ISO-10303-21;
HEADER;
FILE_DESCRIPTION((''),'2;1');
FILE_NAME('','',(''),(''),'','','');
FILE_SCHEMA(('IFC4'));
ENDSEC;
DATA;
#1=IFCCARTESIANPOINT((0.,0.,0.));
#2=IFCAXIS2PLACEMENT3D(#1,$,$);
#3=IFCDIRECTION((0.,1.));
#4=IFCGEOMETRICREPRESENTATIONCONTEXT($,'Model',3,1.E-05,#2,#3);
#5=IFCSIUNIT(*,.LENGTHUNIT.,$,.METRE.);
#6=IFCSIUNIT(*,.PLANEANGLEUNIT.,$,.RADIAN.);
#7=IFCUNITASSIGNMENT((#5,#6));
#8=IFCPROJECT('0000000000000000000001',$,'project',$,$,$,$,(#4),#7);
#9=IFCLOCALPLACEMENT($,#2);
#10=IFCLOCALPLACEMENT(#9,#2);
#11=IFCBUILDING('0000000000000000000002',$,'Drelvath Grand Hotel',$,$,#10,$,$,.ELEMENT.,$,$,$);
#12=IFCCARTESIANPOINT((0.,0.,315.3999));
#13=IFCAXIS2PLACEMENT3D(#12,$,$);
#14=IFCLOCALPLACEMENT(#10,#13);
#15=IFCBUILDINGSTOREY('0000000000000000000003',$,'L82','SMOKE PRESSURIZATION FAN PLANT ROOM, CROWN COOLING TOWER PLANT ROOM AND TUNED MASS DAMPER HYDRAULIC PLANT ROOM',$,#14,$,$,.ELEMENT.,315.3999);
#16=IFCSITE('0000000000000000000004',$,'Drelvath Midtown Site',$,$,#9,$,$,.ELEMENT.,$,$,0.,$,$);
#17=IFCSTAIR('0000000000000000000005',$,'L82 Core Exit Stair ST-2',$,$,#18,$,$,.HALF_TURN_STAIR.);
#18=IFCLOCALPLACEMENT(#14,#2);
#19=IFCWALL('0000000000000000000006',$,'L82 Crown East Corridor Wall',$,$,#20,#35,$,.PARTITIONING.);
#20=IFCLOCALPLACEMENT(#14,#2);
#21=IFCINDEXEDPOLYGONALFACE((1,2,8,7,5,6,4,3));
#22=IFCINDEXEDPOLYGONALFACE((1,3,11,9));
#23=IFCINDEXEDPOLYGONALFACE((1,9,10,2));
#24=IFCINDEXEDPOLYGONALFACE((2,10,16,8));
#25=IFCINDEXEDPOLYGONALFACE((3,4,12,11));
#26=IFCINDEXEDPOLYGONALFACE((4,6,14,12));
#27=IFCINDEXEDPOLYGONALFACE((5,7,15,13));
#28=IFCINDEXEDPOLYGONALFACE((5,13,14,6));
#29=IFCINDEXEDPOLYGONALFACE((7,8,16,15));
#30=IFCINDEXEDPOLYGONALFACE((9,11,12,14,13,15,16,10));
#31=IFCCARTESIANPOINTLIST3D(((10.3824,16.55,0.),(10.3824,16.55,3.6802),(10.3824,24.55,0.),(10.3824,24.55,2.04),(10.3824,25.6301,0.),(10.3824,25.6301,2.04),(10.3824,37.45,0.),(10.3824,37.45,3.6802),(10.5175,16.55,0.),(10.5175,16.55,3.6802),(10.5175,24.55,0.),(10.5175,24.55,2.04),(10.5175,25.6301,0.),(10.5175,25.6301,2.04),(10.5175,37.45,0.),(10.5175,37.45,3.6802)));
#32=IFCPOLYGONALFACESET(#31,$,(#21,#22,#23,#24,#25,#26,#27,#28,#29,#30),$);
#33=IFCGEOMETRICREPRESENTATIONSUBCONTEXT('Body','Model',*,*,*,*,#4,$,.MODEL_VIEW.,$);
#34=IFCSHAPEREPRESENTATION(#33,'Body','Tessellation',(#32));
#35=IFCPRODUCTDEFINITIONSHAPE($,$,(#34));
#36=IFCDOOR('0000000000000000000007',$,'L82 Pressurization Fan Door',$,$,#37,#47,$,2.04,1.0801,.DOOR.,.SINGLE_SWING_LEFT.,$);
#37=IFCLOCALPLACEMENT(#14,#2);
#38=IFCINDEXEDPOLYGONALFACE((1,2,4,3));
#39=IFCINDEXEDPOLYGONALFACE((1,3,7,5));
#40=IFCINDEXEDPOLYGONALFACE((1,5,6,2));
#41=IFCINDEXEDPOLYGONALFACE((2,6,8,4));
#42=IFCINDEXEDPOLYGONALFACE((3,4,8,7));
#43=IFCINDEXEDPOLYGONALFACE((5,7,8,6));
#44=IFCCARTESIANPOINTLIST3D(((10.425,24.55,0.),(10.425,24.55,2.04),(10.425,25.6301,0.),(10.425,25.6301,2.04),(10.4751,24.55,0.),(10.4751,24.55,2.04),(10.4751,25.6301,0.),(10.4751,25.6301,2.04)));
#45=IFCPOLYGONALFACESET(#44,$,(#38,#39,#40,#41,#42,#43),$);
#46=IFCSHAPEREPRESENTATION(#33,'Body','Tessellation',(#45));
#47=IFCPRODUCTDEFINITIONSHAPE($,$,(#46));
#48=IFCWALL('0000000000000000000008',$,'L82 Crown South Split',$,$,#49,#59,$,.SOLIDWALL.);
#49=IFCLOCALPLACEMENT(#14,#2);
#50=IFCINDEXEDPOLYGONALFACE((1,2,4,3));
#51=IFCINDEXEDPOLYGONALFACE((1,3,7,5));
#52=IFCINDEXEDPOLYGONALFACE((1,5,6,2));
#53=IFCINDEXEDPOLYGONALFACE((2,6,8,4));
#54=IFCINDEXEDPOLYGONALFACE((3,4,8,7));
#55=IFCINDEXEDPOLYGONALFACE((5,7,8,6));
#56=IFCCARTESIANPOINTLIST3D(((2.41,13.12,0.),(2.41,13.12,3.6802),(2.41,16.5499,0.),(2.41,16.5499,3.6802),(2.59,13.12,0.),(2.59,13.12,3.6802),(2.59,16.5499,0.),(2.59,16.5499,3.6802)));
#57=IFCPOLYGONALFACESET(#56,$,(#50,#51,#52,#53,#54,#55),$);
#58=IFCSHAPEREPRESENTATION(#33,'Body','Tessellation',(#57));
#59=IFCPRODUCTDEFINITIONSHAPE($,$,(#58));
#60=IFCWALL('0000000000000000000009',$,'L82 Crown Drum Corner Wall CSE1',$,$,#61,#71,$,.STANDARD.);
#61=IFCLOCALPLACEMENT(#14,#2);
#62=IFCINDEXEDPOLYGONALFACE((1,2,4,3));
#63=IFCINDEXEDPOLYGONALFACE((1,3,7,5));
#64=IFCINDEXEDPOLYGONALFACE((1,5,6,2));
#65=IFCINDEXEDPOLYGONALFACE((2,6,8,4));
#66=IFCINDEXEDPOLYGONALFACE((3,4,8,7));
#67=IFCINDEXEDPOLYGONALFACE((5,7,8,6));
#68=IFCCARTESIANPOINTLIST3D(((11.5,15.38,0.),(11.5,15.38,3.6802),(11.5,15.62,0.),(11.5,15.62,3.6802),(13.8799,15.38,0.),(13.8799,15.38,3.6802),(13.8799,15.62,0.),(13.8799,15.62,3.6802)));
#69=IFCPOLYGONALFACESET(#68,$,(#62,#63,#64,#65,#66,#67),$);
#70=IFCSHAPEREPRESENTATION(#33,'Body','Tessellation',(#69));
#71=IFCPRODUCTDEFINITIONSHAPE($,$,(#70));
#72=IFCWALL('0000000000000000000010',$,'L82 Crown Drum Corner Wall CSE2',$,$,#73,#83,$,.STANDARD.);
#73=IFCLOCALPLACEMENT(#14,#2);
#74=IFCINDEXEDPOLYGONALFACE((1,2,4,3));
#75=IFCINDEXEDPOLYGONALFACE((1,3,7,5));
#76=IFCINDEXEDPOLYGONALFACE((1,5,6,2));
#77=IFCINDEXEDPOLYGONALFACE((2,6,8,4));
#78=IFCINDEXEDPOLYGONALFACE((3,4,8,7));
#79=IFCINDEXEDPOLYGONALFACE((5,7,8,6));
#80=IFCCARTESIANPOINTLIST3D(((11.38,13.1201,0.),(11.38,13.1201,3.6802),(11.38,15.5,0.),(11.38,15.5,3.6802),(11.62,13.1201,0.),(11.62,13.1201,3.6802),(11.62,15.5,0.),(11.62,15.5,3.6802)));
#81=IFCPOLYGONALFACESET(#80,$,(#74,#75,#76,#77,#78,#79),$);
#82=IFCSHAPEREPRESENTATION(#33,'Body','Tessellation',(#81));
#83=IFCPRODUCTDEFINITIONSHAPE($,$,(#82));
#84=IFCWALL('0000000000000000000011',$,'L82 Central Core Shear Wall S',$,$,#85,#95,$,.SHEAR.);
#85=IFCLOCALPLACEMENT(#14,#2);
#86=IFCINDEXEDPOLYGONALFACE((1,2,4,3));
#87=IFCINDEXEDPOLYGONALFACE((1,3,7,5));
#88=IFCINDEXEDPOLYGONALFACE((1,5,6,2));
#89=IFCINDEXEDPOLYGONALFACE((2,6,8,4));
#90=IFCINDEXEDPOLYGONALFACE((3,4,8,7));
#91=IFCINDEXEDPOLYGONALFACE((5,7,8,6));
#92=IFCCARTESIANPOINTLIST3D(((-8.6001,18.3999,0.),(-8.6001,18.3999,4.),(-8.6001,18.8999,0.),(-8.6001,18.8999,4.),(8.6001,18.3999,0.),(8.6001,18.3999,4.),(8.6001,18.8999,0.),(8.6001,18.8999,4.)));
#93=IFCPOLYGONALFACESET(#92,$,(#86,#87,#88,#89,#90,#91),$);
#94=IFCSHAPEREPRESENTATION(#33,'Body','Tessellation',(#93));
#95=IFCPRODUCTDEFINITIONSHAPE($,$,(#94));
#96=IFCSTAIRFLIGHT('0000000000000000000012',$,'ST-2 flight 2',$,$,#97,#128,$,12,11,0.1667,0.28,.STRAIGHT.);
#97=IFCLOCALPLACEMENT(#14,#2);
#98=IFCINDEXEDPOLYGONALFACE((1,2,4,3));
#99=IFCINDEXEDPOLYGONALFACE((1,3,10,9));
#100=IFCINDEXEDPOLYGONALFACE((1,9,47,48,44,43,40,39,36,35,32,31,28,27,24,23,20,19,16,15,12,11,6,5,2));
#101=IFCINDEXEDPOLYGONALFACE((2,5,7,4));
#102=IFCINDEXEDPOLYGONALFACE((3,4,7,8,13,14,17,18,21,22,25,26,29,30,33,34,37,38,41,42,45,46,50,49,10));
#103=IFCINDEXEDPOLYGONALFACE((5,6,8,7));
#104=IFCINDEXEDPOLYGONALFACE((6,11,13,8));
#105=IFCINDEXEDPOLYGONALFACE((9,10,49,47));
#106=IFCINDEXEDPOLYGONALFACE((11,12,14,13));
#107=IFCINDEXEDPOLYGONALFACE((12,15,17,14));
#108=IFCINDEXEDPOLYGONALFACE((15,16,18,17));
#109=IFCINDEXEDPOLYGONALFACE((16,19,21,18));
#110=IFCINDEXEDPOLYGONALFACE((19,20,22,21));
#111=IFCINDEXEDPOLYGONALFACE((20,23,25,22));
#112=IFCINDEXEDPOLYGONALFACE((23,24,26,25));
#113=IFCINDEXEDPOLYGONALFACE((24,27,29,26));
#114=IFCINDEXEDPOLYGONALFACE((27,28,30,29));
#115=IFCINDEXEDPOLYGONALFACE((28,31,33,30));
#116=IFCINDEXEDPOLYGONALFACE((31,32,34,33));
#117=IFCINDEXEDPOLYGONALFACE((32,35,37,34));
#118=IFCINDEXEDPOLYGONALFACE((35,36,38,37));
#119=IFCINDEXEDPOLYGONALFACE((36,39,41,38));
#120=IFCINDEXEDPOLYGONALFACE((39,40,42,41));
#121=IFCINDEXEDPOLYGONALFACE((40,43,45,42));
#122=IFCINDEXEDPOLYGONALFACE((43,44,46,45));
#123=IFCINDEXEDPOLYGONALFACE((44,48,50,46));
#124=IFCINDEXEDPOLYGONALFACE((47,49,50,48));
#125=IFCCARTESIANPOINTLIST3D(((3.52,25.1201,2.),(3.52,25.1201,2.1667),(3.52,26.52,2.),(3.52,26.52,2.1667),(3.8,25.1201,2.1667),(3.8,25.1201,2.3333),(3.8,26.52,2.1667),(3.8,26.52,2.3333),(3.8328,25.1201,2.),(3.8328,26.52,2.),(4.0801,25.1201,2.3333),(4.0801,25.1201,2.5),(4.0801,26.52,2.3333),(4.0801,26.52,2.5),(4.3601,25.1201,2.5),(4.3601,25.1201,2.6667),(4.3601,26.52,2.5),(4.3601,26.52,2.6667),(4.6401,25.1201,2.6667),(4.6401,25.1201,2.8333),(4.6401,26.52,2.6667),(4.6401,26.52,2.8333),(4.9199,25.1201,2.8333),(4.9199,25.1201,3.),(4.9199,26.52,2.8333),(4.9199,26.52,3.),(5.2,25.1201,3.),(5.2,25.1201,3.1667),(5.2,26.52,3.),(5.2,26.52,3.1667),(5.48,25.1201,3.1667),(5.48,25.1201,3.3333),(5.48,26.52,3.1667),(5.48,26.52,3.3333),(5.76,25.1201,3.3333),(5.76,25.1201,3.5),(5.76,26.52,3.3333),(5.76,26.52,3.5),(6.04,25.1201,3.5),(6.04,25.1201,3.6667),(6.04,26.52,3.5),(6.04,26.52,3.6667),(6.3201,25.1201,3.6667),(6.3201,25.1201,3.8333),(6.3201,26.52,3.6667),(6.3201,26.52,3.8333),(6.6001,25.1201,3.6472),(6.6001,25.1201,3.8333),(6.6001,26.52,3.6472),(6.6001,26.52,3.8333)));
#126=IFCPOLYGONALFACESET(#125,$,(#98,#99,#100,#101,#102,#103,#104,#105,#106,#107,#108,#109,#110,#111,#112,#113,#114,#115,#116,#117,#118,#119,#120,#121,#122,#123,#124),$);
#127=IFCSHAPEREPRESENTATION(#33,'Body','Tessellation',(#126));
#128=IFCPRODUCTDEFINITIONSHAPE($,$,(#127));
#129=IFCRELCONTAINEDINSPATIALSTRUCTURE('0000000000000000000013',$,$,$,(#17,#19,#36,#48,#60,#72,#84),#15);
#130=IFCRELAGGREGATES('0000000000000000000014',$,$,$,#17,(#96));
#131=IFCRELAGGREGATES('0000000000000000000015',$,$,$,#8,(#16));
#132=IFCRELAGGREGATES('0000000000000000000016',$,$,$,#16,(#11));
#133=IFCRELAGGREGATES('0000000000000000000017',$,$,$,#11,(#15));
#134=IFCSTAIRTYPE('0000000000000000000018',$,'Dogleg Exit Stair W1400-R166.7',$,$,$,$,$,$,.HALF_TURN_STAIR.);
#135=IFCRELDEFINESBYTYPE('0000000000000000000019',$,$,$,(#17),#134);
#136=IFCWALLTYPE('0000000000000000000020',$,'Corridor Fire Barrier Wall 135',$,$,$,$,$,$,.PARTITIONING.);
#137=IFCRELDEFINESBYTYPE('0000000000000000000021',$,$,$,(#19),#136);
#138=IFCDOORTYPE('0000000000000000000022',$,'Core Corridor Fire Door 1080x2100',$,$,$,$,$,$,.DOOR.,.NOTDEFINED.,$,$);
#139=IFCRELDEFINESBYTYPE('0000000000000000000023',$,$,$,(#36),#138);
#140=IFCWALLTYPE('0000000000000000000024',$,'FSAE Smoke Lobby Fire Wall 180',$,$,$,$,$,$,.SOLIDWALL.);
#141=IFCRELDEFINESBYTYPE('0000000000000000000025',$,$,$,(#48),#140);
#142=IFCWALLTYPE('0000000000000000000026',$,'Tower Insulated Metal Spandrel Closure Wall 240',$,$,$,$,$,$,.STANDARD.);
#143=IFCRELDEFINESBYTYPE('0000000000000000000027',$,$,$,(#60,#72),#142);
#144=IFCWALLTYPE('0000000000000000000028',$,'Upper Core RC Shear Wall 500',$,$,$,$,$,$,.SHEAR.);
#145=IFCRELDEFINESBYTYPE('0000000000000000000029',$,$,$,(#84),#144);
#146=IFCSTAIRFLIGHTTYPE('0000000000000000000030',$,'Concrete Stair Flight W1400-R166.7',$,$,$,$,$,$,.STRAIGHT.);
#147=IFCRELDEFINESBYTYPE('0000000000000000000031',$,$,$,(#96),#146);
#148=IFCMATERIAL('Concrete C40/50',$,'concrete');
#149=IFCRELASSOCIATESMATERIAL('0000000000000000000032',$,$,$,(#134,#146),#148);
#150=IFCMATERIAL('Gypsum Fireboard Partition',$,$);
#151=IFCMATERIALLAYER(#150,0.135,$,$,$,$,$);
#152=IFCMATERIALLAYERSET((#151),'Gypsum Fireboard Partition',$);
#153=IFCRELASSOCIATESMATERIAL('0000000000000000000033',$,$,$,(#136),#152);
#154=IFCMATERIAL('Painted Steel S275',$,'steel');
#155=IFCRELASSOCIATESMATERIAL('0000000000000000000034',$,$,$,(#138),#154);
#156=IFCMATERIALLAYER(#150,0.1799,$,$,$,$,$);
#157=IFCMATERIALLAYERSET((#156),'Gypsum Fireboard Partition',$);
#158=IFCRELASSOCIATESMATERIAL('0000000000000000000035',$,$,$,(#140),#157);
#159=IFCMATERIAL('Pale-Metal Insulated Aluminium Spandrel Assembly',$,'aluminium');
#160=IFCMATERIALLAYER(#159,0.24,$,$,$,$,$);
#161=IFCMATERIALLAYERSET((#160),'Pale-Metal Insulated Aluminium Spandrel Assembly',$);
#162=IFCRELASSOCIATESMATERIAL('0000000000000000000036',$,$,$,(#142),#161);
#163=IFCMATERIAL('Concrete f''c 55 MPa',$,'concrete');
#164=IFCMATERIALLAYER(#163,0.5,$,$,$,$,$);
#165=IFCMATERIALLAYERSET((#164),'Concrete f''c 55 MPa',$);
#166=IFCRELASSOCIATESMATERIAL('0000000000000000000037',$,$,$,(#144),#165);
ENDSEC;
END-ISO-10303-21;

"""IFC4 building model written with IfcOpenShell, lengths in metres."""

from ifc_helpers import new_model, si_unit, direction, frame, frame_2d, origin, place, context, subcontext, project, spatial, polyline, rectangle, outline, extrude, material, layer, layer_set, type_object, element, fill, aggregate, save


model = new_model("IFC4")

# Units and contexts
model_context = context("Model", 3, precision=1e-05, world=origin(), true_north=direction((0.0, 1.0)))
body_context = subcontext(model_context, "Body", "Model", "MODEL_VIEW")
ifc_project = project(units=[si_unit("LENGTHUNIT", "METRE"), si_unit("PLANEANGLEUNIT", "RADIAN")], contexts=[model_context])

# Site, building, storey
site_placement = place(None, origin())
site = spatial("IfcSite", under=ifc_project, at=site_placement, Name="Drelvath Midtown Site", CompositionType="ELEMENT", RefElevation=0.0)
building_placement = place(site_placement, origin())
building = spatial("IfcBuilding", under=site, at=building_placement, Name="Drelvath Grand Hotel", CompositionType="ELEMENT")
storey_placement = place(building_placement, frame((0.0, 0.0, 315.3999)))
storey = spatial("IfcBuildingStorey", under=building, at=storey_placement, Name="L82", Description="SMOKE PRESSURIZATION FAN PLANT ROOM, CROWN COOLING TOWER PLANT ROOM AND TUNED MASS DAMPER HYDRAULIC PLANT ROOM", CompositionType="ELEMENT", Elevation=315.3999)

# Shared definitions
ifc_material_1 = material(Name="Concrete f'c 55 MPa", Category="concrete")

# Stair
ifc_material_2 = material(Name="Concrete C40/50", Category="concrete")
stair_type = type_object("IfcStairType", Name="Dogleg Exit Stair W1400-R166.7", PredefinedType="HALF_TURN_STAIR", material=ifc_material_2)
stair_1_placement = place(storey_placement, origin())
stair_1 = element("IfcStair", 1, at=stair_1_placement, inside=storey, type_object=stair_type, Name="L82 Core Exit Stair ST-2", PredefinedType="HALF_TURN_STAIR")

# Wall, opening, door
ifc_material_3 = material(Name="Gypsum Fireboard Partition")
ifc_layer_1 = layer(ifc_material_3, 0.135)
ifc_layer_set_1 = layer_set([ifc_layer_1], Name="Gypsum Fireboard Partition")
wall_type_1 = type_object("IfcWallType", Name="Corridor Fire Barrier Wall 135", PredefinedType="PARTITIONING", material=ifc_layer_set_1)
wall_1_placement = place(storey_placement, frame((10.45, 16.55, 0.0), z_axis=(0.0, 0.0, 1.0), x_axis=(0.0, 1.0, 0.0)))
wall_1 = element("IfcWall", 2, at=wall_1_placement, inside=storey, type_object=wall_type_1, Name="L82 Crown East Corridor Wall", PredefinedType="PARTITIONING", context=body_context, shape_type="SweptSolid", body=[
    extrude(rectangle(XDim=20.8999, YDim=0.135, at=frame_2d((10.45, 0.0))), origin(), (0.0, 0.0, 1.0), 3.6802),
])
opening_placement = place(wall_1_placement, frame((8.0, 0.0, 0.0)))
opening = element("IfcOpeningElement", 3, at=opening_placement, cuts=wall_1, PredefinedType="OPENING", context=body_context, shape_type="SweptSolid", body=[
    extrude(rectangle(XDim=1.0801, YDim=2.04, at=frame_2d((0.54, 1.02))), frame((0.0, 0.0774, 0.0), z_axis=(0.0, -1.0, 0.0), x_axis=(1.0, 0.0, 0.0)), (0.0, 0.0, 1.0), 0.155),
])
ifc_material_4 = material(Name="Painted Steel S275", Category="steel")
door_type = type_object("IfcDoorType", Name="Core Corridor Fire Door 1080x2100", OperationType="NOTDEFINED", PredefinedType="DOOR", material=ifc_material_4)
door_placement = place(opening_placement, origin())
door = element("IfcDoor", 4, at=door_placement, inside=storey, type_object=door_type, Name="L82 Pressurization Fan Door", OperationType="SINGLE_SWING_LEFT", OverallHeight=2.04, OverallWidth=1.0801, PredefinedType="DOOR", context=body_context, shape_type="SweptSolid", body=[
    extrude(rectangle(XDim=1.0801, YDim=2.04, at=frame_2d((0.54, 1.02))), frame((0.0, 0.0249, 0.0), z_axis=(0.0, -1.0, 0.0), x_axis=(1.0, 0.0, 0.0)), (0.0, 0.0, 1.0), 0.05),
])
fill(opening, door)

# Walls
ifc_layer_2 = layer(ifc_material_3, 0.1799)
ifc_layer_set_2 = layer_set([ifc_layer_2], Name="Gypsum Fireboard Partition")
wall_type_2 = type_object("IfcWallType", Name="FSAE Smoke Lobby Fire Wall 180", PredefinedType="SOLIDWALL", material=ifc_layer_set_2)
wall_2_placement = place(storey_placement, frame((2.5, 13.1201, 0.0), z_axis=(0.0, 0.0, 1.0), x_axis=(0.0, 1.0, 0.0)))
element("IfcWall", 5, at=wall_2_placement, inside=storey, type_object=wall_type_2, Name="L82 Crown South Split", PredefinedType="SOLIDWALL", context=body_context, shape_type="SweptSolid", body=[
    extrude(rectangle(XDim=3.4299, YDim=0.1799, at=frame_2d((1.7148, 0.0))), origin(), (0.0, 0.0, 1.0), 3.6802),
])
ifc_material_5 = material(Name="Pale-Metal Insulated Aluminium Spandrel Assembly", Category="aluminium")
ifc_layer_3 = layer(ifc_material_5, 0.24)
ifc_layer_set_3 = layer_set([ifc_layer_3], Name="Pale-Metal Insulated Aluminium Spandrel Assembly")
wall_type_3 = type_object("IfcWallType", Name="Tower Insulated Metal Spandrel Closure Wall 240", PredefinedType="STANDARD", material=ifc_layer_set_3)
for number, where, z_axis, x_axis, name in (
    (6, (13.8799, 15.5, 0.0), (0.0, 0.0, 1.0), (-1.0, 0.0, 0.0), "L82 Crown Drum Corner Wall CSE1"),
    (7, (11.5, 15.5, 0.0), (0.0, 0.0, 1.0), (0.0, -1.0, 0.0), "L82 Crown Drum Corner Wall CSE2"),
):
    element("IfcWall", number, at=place(storey_placement, frame(where, z_axis=z_axis, x_axis=x_axis)), inside=storey, type_object=wall_type_3, Name=name, PredefinedType="STANDARD", context=body_context, shape_type="SweptSolid", body=[
        extrude(rectangle(XDim=2.3799, YDim=0.24, at=frame_2d((1.1899, 0.0))), origin(), (0.0, 0.0, 1.0), 3.6802),
    ])
ifc_layer_4 = layer(ifc_material_1, 0.5)
ifc_layer_set_4 = layer_set([ifc_layer_4], Name="Concrete f'c 55 MPa")
wall_type_4 = type_object("IfcWallType", Name="Upper Core RC Shear Wall 500", PredefinedType="SHEAR", material=ifc_layer_set_4)
wall_3_placement = place(storey_placement, frame((8.6001, 18.6499, 0.0), z_axis=(0.0, 0.0, 1.0), x_axis=(-1.0, 0.0, 0.0)))
element("IfcWall", 8, at=wall_3_placement, inside=storey, type_object=wall_type_4, Name="L82 Central Core Shear Wall S", PredefinedType="SHEAR", context=body_context, shape_type="SweptSolid", body=[
    extrude(rectangle(XDim=17.2002, YDim=0.5, at=frame_2d((8.6001, 0.0))), origin(), (0.0, 0.0, 1.0), 4.0),
])

# Stair flight
stair_flight_type = type_object("IfcStairFlightType", Name="Concrete Stair Flight W1400-R166.7", PredefinedType="STRAIGHT", material=ifc_material_2)
stair_flight_placement = place(storey_placement, frame((3.52, 25.8201, 2.0), z_axis=(0.0, 0.0, 1.0), x_axis=(1.0, 0.0, 0.0)))
stair_flight = element("IfcStairFlight", 9, at=stair_flight_placement, type_object=stair_flight_type, Name="ST-2 flight 2", NumberOfRisers=12, NumberOfTreads=11, PredefinedType="STRAIGHT", RiserHeight=0.1667, TreadLength=0.28, context=body_context, shape_type="SweptSolid", body=[
    extrude(outline(polyline([(0.0, 0.0), (0.0, 0.1667), (0.28, 0.1667), (0.28, 0.3333), (0.5601, 0.3333), (0.5601, 0.5), (0.8401, 0.5), (0.8401, 0.6667), (1.1201, 0.6667), (1.1201, 0.8333), (1.3999, 0.8333), (1.3999, 1.0), (1.6799, 1.0), (1.6799, 1.1667), (1.96, 1.1667), (1.96, 1.3333), (2.24, 1.3333), (2.24, 1.5), (2.52, 1.5), (2.52, 1.6667), (2.8, 1.6667), (2.8, 1.8333), (3.0801, 1.8333), (3.0801, 2.0), (3.0801, 1.6472), (0.3127, 0.0), (0.0, 0.0)])), frame((0.0, 0.7, 0.0), z_axis=(0.0, -1.0, 0.0), x_axis=(1.0, 0.0, 0.0)), (0.0, 0.0, 1.0), 1.3999),
])
aggregate(stair_1, [stair_flight])

save(model, "model.ifc")
